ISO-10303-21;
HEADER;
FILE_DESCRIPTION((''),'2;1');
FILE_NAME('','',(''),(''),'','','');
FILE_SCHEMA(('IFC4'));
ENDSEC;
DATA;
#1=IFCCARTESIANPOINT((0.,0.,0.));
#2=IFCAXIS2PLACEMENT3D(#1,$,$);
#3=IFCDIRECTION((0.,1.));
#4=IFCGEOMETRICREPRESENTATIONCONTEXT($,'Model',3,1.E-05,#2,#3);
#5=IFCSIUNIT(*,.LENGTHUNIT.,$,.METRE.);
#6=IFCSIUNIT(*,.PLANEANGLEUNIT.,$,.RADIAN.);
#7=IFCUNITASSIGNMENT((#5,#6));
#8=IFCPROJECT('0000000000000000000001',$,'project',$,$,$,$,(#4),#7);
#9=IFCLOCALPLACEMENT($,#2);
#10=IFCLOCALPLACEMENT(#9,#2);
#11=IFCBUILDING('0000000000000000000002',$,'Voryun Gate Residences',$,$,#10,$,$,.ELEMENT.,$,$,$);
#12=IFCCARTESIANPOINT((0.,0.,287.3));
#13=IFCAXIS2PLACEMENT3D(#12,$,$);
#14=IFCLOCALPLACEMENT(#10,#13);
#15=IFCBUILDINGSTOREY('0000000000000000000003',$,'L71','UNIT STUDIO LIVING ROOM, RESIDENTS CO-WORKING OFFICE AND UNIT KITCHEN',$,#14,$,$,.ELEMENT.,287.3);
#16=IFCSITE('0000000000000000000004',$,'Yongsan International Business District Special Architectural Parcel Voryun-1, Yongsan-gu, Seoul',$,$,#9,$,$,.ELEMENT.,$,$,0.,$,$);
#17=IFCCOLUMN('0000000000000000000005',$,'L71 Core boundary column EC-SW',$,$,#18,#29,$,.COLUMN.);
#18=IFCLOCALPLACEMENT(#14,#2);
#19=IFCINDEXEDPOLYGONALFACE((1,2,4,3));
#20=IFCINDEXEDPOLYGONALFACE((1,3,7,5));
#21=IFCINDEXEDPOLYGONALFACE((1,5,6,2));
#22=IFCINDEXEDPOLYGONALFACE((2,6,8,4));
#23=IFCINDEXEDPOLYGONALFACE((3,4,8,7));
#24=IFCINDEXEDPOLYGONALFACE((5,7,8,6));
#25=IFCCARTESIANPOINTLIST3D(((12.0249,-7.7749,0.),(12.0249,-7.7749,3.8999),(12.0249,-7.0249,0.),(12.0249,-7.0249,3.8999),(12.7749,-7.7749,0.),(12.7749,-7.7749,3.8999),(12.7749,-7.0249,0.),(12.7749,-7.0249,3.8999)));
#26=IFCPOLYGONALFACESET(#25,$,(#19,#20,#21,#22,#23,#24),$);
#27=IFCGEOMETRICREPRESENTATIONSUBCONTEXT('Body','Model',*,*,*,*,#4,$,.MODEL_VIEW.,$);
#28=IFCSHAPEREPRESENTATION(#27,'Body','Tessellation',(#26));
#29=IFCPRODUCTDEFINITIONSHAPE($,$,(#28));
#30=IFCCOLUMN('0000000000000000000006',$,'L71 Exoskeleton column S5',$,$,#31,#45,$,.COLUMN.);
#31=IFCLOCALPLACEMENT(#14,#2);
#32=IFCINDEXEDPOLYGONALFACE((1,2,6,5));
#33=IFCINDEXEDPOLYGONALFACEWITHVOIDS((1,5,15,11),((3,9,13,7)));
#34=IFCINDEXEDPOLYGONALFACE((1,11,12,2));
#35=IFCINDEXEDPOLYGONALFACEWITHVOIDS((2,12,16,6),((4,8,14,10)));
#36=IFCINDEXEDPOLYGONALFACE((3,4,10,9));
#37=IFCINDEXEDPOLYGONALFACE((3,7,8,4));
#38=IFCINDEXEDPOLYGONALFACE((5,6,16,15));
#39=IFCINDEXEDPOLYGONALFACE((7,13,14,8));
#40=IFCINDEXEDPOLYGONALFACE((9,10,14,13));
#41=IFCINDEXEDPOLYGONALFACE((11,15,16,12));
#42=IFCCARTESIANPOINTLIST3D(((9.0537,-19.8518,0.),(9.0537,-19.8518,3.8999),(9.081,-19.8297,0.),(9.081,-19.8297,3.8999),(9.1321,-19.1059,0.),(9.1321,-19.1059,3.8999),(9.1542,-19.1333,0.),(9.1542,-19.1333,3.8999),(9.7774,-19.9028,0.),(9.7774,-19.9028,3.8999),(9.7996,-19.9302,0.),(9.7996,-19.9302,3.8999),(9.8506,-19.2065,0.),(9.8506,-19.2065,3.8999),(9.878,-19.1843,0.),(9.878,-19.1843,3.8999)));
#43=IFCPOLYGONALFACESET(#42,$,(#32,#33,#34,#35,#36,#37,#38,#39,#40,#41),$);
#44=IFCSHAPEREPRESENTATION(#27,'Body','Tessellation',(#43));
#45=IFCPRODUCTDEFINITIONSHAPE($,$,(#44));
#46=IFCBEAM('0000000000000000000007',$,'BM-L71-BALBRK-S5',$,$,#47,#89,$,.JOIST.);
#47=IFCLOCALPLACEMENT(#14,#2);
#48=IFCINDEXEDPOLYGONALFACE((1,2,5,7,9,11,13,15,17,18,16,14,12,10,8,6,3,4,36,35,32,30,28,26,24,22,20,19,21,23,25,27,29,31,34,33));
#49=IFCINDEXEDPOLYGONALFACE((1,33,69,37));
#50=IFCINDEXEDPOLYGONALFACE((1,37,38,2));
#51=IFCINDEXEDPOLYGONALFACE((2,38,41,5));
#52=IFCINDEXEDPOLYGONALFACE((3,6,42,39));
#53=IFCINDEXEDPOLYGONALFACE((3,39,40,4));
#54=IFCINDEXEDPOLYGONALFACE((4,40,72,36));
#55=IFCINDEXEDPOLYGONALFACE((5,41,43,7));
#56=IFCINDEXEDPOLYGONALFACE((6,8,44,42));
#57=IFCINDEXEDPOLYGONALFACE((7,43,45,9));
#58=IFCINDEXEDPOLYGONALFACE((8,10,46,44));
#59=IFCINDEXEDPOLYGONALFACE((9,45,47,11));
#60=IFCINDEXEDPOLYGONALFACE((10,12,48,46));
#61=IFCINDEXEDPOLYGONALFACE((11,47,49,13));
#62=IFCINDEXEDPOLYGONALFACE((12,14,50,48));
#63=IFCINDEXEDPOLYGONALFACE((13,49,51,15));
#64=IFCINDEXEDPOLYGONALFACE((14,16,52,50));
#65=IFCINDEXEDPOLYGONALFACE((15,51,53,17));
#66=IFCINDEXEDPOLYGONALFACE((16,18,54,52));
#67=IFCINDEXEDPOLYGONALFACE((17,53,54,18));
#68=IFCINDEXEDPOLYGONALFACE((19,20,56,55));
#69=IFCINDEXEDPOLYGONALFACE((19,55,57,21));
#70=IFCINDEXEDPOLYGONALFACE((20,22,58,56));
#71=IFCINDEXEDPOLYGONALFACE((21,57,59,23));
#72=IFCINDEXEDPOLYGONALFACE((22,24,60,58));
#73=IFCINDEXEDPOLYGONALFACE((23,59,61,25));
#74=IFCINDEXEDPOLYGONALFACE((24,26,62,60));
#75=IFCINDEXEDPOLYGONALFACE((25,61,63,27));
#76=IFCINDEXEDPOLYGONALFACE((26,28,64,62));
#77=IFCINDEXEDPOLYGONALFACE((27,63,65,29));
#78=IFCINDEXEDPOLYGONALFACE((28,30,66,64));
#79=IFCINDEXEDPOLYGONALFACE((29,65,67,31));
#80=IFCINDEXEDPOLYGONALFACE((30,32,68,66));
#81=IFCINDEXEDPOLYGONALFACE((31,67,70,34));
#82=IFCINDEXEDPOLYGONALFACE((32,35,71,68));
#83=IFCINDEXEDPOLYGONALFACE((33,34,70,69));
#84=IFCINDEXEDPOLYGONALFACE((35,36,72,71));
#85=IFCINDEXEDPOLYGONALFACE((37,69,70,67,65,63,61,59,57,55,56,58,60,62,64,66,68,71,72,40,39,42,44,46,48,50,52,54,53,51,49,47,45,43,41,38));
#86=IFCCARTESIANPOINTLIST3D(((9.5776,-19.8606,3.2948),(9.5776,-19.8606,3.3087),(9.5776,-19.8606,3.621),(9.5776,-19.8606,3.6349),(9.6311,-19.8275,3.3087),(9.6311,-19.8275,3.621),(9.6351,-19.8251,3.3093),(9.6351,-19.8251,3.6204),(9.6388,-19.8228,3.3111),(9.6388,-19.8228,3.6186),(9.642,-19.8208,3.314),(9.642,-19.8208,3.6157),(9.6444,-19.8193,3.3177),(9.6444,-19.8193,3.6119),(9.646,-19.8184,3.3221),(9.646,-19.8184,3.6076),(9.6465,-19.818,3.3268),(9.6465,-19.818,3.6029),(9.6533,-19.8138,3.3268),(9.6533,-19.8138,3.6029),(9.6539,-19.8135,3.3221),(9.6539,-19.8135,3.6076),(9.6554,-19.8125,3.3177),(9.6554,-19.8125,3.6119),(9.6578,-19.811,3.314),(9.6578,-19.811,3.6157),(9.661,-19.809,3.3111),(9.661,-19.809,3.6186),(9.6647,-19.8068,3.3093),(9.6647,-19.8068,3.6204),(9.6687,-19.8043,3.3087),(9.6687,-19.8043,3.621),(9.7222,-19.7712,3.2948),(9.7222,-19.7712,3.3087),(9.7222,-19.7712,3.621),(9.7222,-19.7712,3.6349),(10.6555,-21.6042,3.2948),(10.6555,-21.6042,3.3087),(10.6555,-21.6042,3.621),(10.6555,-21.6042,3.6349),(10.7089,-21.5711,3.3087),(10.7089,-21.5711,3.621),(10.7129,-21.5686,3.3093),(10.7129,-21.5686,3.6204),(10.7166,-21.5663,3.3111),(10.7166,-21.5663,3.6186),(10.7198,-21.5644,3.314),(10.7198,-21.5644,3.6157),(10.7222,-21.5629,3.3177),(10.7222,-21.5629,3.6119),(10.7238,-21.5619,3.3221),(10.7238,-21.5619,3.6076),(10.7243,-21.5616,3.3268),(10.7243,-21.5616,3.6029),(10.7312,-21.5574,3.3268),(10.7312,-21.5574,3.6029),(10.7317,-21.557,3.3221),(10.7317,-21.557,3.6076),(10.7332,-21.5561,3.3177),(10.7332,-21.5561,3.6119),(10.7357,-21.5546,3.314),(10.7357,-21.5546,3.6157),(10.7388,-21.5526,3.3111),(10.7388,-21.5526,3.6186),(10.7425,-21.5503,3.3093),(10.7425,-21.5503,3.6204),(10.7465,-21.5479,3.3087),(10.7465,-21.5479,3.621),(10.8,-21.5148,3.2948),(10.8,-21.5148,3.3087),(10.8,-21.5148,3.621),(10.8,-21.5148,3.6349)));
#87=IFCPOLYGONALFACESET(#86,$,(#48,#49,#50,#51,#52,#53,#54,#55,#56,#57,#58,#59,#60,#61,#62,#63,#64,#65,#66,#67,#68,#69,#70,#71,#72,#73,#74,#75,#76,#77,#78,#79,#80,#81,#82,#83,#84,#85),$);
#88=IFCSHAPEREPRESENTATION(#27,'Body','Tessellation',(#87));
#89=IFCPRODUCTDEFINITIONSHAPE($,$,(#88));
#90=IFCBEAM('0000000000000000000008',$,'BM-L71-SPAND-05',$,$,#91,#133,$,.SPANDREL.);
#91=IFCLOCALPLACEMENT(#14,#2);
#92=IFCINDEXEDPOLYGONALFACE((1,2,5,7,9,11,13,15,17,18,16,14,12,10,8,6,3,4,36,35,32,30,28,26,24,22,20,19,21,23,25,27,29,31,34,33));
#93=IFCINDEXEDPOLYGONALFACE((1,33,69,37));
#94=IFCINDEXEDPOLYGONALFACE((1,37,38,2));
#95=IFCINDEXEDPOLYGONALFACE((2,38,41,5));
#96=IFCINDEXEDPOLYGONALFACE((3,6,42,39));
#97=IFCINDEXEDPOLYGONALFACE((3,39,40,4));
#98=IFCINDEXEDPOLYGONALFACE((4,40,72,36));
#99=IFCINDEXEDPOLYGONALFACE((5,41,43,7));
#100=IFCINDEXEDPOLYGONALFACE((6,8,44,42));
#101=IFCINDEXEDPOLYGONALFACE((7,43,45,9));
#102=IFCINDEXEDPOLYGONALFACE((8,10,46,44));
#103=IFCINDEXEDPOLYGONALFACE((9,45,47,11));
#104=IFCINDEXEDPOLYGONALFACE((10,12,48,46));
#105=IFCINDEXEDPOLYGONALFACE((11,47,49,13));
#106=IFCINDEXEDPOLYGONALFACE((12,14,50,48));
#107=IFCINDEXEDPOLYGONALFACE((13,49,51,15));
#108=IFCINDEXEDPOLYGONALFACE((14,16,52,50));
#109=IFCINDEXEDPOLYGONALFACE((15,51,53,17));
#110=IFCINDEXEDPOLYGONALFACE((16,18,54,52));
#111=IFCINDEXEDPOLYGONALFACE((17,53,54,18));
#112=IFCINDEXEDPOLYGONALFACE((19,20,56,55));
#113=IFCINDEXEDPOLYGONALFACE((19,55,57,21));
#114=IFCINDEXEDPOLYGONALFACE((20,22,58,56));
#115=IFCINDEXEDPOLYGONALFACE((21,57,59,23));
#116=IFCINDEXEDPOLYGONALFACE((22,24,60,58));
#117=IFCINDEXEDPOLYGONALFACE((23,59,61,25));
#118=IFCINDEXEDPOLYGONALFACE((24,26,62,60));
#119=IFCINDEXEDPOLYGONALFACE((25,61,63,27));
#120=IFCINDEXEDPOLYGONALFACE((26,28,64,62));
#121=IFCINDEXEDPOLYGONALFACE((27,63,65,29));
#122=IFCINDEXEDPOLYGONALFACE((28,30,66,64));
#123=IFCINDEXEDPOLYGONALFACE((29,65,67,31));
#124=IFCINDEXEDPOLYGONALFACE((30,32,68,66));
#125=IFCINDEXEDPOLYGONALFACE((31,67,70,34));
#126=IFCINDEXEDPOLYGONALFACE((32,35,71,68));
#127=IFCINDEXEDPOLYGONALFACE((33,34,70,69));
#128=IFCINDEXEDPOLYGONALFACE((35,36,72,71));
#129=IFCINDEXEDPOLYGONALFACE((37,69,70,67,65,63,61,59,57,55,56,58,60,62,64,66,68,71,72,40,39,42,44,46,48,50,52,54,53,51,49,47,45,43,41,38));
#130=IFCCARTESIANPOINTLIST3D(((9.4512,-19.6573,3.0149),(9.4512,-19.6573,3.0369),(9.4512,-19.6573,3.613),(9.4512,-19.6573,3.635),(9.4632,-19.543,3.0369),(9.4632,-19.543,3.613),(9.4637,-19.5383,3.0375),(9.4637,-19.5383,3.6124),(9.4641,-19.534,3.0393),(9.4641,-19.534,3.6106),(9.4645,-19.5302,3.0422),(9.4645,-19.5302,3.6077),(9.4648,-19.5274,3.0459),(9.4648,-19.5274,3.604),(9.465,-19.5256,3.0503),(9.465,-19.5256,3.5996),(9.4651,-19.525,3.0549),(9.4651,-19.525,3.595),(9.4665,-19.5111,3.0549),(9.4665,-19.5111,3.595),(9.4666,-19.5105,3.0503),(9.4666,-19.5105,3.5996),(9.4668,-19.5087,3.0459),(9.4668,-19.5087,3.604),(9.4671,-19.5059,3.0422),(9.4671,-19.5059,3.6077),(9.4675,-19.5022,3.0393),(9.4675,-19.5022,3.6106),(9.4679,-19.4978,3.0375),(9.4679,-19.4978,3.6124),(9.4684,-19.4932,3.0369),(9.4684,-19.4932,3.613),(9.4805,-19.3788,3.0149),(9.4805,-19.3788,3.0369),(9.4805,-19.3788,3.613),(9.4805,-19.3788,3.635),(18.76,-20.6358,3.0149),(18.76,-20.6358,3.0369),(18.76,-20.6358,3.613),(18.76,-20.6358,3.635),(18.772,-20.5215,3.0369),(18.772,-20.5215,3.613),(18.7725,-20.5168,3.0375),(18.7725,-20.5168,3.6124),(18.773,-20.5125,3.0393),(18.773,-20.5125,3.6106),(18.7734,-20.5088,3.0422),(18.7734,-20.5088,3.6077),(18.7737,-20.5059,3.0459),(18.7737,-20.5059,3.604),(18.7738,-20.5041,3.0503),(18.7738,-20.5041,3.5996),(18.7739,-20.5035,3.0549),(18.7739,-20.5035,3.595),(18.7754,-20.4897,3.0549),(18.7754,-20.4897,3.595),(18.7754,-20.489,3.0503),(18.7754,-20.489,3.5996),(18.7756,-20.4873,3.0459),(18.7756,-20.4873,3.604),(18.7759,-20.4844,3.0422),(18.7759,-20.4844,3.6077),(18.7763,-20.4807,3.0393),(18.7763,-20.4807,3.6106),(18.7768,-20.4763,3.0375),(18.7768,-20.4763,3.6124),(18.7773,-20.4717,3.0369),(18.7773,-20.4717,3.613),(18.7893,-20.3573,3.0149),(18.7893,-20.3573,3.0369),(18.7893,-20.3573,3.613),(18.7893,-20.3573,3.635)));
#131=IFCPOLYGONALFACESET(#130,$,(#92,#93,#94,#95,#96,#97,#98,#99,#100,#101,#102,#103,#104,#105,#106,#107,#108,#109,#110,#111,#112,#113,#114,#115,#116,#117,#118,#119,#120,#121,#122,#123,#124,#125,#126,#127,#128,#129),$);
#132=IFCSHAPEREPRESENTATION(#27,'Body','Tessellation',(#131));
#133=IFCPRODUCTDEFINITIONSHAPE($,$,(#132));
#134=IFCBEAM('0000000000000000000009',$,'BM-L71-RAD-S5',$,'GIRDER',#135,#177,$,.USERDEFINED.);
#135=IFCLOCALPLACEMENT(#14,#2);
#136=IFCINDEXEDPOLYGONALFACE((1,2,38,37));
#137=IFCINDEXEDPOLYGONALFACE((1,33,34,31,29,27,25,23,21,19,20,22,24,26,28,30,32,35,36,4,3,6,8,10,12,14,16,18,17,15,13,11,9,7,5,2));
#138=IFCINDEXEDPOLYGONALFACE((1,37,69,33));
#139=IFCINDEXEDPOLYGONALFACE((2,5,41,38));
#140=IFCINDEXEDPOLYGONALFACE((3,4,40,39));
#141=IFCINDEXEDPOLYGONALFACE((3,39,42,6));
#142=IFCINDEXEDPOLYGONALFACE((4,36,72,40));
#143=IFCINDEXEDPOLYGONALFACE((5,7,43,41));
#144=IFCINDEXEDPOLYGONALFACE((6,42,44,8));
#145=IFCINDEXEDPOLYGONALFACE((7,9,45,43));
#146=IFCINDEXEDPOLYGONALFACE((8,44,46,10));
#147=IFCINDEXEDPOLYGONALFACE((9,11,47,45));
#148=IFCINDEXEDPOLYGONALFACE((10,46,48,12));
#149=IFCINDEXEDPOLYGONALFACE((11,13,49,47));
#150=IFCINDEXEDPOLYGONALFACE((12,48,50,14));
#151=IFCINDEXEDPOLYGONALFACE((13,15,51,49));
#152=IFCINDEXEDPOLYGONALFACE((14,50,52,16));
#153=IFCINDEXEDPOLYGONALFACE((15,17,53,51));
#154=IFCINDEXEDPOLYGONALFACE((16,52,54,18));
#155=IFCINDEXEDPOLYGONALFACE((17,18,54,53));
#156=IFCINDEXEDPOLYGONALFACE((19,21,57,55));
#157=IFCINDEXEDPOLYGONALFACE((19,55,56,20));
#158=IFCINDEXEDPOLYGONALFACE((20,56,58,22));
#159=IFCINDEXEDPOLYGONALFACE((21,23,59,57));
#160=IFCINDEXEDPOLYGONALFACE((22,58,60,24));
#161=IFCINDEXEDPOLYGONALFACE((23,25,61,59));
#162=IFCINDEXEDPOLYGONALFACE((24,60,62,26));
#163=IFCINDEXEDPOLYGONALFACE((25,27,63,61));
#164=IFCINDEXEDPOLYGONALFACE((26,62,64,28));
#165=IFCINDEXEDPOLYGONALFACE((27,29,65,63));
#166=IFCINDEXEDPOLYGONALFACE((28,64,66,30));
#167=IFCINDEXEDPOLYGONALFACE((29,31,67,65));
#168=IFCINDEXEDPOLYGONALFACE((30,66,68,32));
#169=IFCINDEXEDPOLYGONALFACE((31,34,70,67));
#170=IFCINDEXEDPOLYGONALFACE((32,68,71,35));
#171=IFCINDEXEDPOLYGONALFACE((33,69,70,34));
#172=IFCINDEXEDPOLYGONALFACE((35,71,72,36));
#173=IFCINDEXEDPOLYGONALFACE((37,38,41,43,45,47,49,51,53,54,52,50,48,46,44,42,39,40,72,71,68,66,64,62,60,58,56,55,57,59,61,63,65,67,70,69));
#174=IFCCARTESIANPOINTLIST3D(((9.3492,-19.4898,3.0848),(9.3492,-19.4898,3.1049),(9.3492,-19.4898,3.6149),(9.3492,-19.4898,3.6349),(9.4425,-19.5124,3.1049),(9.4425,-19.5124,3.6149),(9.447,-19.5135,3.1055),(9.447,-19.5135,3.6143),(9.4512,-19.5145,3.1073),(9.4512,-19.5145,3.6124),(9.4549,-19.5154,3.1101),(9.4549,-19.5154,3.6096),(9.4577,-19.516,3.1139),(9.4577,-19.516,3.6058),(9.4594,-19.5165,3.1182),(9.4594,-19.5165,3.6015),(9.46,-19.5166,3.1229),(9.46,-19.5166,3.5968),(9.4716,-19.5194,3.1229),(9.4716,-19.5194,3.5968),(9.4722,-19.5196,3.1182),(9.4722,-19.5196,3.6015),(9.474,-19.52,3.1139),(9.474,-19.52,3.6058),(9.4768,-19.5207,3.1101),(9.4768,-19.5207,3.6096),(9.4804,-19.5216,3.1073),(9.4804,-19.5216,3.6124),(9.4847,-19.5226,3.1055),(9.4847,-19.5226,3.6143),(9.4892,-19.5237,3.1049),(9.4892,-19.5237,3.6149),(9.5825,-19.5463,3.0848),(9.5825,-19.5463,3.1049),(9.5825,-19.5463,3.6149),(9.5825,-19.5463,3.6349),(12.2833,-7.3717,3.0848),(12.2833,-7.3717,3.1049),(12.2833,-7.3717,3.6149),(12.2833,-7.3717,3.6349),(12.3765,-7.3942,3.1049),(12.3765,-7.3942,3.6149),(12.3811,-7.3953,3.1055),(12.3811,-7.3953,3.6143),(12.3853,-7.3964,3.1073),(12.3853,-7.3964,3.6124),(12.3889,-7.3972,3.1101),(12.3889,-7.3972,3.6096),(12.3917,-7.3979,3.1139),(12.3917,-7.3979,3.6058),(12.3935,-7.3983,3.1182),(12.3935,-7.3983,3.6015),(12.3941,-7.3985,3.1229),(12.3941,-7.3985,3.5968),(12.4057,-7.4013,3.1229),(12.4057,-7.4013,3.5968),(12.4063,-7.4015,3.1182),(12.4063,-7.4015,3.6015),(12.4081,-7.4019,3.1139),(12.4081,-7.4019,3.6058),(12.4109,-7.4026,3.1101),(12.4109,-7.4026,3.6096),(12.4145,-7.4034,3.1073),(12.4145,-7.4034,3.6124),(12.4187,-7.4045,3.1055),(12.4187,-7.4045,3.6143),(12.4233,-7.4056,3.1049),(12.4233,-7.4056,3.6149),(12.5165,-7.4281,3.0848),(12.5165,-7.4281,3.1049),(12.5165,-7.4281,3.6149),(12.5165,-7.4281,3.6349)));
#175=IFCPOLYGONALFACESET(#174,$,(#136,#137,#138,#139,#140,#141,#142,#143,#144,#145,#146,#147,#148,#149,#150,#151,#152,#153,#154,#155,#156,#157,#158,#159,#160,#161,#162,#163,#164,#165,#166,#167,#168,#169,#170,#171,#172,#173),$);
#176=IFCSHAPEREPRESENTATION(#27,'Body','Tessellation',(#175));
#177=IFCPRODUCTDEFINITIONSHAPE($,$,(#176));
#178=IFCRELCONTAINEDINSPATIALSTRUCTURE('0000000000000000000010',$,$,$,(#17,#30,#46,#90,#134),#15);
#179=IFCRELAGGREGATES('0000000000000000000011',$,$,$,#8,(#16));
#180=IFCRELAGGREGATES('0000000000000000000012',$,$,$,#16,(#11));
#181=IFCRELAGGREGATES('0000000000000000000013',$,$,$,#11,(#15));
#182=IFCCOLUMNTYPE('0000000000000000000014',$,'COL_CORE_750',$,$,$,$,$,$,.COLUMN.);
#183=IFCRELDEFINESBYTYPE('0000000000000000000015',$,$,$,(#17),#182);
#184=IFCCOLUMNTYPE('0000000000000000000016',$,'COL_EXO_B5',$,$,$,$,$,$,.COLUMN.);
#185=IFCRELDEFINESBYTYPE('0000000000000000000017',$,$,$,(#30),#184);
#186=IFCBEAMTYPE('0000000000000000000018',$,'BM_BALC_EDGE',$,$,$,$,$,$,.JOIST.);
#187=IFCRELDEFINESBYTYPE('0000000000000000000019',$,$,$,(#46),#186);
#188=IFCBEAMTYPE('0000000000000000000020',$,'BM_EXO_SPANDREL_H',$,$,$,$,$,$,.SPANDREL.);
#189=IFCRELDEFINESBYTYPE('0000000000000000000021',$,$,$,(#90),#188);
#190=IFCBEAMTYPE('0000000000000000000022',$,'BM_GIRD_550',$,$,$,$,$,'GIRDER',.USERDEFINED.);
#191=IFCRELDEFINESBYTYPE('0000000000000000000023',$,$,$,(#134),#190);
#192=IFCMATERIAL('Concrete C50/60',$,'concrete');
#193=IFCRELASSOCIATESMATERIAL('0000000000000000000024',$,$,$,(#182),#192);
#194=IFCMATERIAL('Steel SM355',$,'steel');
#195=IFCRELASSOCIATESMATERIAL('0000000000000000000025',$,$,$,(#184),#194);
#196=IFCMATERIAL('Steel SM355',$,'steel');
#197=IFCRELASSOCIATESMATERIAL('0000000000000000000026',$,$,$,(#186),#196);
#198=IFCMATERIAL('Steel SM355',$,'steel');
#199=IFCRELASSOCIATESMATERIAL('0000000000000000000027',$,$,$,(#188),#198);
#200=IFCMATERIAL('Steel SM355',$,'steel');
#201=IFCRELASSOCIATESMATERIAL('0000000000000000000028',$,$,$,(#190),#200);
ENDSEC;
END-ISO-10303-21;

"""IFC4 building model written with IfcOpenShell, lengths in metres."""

from ifc_helpers import new_model, si_unit, direction, frame, origin, origin_2d, place, context, subcontext, project, spatial, rectangle, hollow_rectangle, i_section, extrude, material, material_profile, profile_set, type_object, element, save


model = new_model("IFC4")

# Units and contexts
model_context = context("Model", 3, precision=1e-05, world=origin(), true_north=direction((0.0, 1.0)))
body_context = subcontext(model_context, "Body", "Model", "MODEL_VIEW")
ifc_project = project(units=[si_unit("LENGTHUNIT", "METRE"), si_unit("PLANEANGLEUNIT", "RADIAN")], contexts=[model_context])

# Site, building, storey
site_placement = place(None, origin())
site = spatial("IfcSite", under=ifc_project, at=site_placement, Name="Yongsan International Business District Special Architectural Parcel Voryun-1, Yongsan-gu, Seoul", CompositionType="ELEMENT", RefElevation=0.0)
building_placement = place(site_placement, origin())
building = spatial("IfcBuilding", under=site, at=building_placement, Name="Voryun Gate Residences", CompositionType="ELEMENT")
storey_placement = place(building_placement, frame((0.0, 0.0, 287.3)))
storey = spatial("IfcBuildingStorey", under=building, at=storey_placement, Name="L71", Description="UNIT STUDIO LIVING ROOM, RESIDENTS CO-WORKING OFFICE AND UNIT KITCHEN", CompositionType="ELEMENT", Elevation=287.3)

# Columns
ifc_material_1 = material(Name="Concrete C50/60", Category="concrete")
ifc_material_profile_1 = material_profile(ifc_material_1, rectangle(XDim=0.75, YDim=0.75, at=origin_2d()), Name="RC-750x750")
ifc_profile_set_1 = profile_set([ifc_material_profile_1], Name="Concrete C50/60")
column_type_1 = type_object("IfcColumnType", Name="COL_CORE_750", PredefinedType="COLUMN", material=ifc_profile_set_1)
column_1_placement = place(storey_placement, frame((12.3999, -7.3999, 0.0), z_axis=(0.0, 0.0, 1.0), x_axis=(1.0, 0.0, 0.0)))
element("IfcColumn", 1, at=column_1_placement, inside=storey, type_object=column_type_1, Name="L71 Core boundary column EC-SW", PredefinedType="COLUMN", context=body_context, shape_type="SweptSolid", body=[
    extrude(rectangle(XDim=0.75, YDim=0.75, at=origin_2d()), origin(), (0.0, 0.0, 1.0), 3.8999),
])
ifc_material_2 = material(Name="Steel SM355", Category="steel")
ifc_material_profile_2 = material_profile(ifc_material_2, hollow_rectangle(XDim=0.75, YDim=0.75, WallThickness=0.0249, at=origin_2d()), Name="BOX-750x750x25")
ifc_profile_set_2 = profile_set([ifc_material_profile_2], Name="Steel SM355")
column_type_2 = type_object("IfcColumnType", Name="COL_EXO_B5", PredefinedType="COLUMN", material=ifc_profile_set_2)
column_2_placement = place(storey_placement, frame((9.4658, -19.5181, 0.0), z_axis=(0.0, 0.0, 1.0), x_axis=(0.994522, -0.104528, 0.0)))
element("IfcColumn", 2, at=column_2_placement, inside=storey, type_object=column_type_2, Name="L71 Exoskeleton column S5", PredefinedType="COLUMN", context=body_context, shape_type="SweptSolid", body=[
    extrude(hollow_rectangle(XDim=0.75, YDim=0.75, WallThickness=0.0249, at=origin_2d()), origin(), (0.0, 0.0, 1.0), 3.8999),
])

# Beams
ifc_material_3 = material(Name="Steel SM355", Category="steel")
ifc_material_profile_3 = material_profile(ifc_material_3, i_section(OverallWidth=0.1699, OverallDepth=0.3401, WebThickness=0.0081, FlangeThickness=0.0139, FilletRadius=0.0181, at=origin_2d()), Name="H-340x170x8x14")
ifc_profile_set_3 = profile_set([ifc_material_profile_3], Name="Steel SM355")
beam_type_1 = type_object("IfcBeamType", Name="BM_BALC_EDGE", PredefinedType="JOIST", material=ifc_profile_set_3)
beam_1_placement = place(storey_placement, frame((9.6499, -19.8159, 3.4648), z_axis=(0.525817, -0.850597, 0.0), x_axis=(0.850597, 0.525817, 0.0)))
element("IfcBeam", 3, at=beam_1_placement, inside=storey, type_object=beam_type_1, Name="BM-L71-BALBRK-S5", PredefinedType="JOIST", context=body_context, shape_type="SweptSolid", body=[
    extrude(i_section(OverallWidth=0.1699, OverallDepth=0.3401, WebThickness=0.0081, FlangeThickness=0.0139, FilletRadius=0.0181, at=origin_2d()), origin(), (0.0, 0.0, 1.0), 2.0498),
])
ifc_material_4 = material(Name="Steel SM355", Category="steel")
ifc_material_profile_4 = material_profile(ifc_material_4, i_section(OverallWidth=0.28, OverallDepth=0.6201, WebThickness=0.0139, FlangeThickness=0.022, FilletRadius=0.0181, at=origin_2d()), Name="H-620x280x14x22")
ifc_profile_set_4 = profile_set([ifc_material_profile_4], Name="Steel SM355")
beam_type_2 = type_object("IfcBeamType", Name="BM_EXO_SPANDREL_H", PredefinedType="SPANDREL", material=ifc_profile_set_4)
beam_2_placement = place(storey_placement, frame((9.4658, -19.5181, 3.325), z_axis=(0.994521, -0.104541, 0.0), x_axis=(0.104541, 0.994521, 0.0)))
element("IfcBeam", 4, at=beam_2_placement, inside=storey, type_object=beam_type_2, Name="BM-L71-SPAND-05", PredefinedType="SPANDREL", context=body_context, shape_type="SweptSolid", body=[
    extrude(i_section(OverallWidth=0.28, OverallDepth=0.6201, WebThickness=0.0139, FlangeThickness=0.022, FilletRadius=0.0181, at=origin_2d()), origin(), (0.0, 0.0, 1.0), 9.3601),
])
ifc_material_5 = material(Name="Steel SM355", Category="steel")
ifc_material_profile_5 = material_profile(ifc_material_5, i_section(OverallWidth=0.24, OverallDepth=0.55, WebThickness=0.012, FlangeThickness=0.02, FilletRadius=0.0181, at=origin_2d()), Name="H-550x240x12x20")
ifc_profile_set_5 = profile_set([ifc_material_profile_5], Name="Steel SM355")
beam_type_3 = type_object("IfcBeamType", Name="BM_GIRD_550", ElementType="GIRDER", PredefinedType="USERDEFINED", material=ifc_profile_set_5)
beam_3_placement = place(storey_placement, frame((12.3999, -7.3999, 3.3599), z_axis=(-0.235323, -0.971917, 0.0), x_axis=(0.971917, -0.235323, 0.0)))
element("IfcBeam", 5, at=beam_3_placement, inside=storey, type_object=beam_type_3, Name="BM-L71-RAD-S5", ObjectType="GIRDER", PredefinedType="USERDEFINED", context=body_context, shape_type="SweptSolid", body=[
    extrude(i_section(OverallWidth=0.24, OverallDepth=0.55, WebThickness=0.012, FlangeThickness=0.02, FilletRadius=0.0181, at=origin_2d()), origin(), (0.0, 0.0, 1.0), 12.4683),
])

save(model, "model.ifc")
